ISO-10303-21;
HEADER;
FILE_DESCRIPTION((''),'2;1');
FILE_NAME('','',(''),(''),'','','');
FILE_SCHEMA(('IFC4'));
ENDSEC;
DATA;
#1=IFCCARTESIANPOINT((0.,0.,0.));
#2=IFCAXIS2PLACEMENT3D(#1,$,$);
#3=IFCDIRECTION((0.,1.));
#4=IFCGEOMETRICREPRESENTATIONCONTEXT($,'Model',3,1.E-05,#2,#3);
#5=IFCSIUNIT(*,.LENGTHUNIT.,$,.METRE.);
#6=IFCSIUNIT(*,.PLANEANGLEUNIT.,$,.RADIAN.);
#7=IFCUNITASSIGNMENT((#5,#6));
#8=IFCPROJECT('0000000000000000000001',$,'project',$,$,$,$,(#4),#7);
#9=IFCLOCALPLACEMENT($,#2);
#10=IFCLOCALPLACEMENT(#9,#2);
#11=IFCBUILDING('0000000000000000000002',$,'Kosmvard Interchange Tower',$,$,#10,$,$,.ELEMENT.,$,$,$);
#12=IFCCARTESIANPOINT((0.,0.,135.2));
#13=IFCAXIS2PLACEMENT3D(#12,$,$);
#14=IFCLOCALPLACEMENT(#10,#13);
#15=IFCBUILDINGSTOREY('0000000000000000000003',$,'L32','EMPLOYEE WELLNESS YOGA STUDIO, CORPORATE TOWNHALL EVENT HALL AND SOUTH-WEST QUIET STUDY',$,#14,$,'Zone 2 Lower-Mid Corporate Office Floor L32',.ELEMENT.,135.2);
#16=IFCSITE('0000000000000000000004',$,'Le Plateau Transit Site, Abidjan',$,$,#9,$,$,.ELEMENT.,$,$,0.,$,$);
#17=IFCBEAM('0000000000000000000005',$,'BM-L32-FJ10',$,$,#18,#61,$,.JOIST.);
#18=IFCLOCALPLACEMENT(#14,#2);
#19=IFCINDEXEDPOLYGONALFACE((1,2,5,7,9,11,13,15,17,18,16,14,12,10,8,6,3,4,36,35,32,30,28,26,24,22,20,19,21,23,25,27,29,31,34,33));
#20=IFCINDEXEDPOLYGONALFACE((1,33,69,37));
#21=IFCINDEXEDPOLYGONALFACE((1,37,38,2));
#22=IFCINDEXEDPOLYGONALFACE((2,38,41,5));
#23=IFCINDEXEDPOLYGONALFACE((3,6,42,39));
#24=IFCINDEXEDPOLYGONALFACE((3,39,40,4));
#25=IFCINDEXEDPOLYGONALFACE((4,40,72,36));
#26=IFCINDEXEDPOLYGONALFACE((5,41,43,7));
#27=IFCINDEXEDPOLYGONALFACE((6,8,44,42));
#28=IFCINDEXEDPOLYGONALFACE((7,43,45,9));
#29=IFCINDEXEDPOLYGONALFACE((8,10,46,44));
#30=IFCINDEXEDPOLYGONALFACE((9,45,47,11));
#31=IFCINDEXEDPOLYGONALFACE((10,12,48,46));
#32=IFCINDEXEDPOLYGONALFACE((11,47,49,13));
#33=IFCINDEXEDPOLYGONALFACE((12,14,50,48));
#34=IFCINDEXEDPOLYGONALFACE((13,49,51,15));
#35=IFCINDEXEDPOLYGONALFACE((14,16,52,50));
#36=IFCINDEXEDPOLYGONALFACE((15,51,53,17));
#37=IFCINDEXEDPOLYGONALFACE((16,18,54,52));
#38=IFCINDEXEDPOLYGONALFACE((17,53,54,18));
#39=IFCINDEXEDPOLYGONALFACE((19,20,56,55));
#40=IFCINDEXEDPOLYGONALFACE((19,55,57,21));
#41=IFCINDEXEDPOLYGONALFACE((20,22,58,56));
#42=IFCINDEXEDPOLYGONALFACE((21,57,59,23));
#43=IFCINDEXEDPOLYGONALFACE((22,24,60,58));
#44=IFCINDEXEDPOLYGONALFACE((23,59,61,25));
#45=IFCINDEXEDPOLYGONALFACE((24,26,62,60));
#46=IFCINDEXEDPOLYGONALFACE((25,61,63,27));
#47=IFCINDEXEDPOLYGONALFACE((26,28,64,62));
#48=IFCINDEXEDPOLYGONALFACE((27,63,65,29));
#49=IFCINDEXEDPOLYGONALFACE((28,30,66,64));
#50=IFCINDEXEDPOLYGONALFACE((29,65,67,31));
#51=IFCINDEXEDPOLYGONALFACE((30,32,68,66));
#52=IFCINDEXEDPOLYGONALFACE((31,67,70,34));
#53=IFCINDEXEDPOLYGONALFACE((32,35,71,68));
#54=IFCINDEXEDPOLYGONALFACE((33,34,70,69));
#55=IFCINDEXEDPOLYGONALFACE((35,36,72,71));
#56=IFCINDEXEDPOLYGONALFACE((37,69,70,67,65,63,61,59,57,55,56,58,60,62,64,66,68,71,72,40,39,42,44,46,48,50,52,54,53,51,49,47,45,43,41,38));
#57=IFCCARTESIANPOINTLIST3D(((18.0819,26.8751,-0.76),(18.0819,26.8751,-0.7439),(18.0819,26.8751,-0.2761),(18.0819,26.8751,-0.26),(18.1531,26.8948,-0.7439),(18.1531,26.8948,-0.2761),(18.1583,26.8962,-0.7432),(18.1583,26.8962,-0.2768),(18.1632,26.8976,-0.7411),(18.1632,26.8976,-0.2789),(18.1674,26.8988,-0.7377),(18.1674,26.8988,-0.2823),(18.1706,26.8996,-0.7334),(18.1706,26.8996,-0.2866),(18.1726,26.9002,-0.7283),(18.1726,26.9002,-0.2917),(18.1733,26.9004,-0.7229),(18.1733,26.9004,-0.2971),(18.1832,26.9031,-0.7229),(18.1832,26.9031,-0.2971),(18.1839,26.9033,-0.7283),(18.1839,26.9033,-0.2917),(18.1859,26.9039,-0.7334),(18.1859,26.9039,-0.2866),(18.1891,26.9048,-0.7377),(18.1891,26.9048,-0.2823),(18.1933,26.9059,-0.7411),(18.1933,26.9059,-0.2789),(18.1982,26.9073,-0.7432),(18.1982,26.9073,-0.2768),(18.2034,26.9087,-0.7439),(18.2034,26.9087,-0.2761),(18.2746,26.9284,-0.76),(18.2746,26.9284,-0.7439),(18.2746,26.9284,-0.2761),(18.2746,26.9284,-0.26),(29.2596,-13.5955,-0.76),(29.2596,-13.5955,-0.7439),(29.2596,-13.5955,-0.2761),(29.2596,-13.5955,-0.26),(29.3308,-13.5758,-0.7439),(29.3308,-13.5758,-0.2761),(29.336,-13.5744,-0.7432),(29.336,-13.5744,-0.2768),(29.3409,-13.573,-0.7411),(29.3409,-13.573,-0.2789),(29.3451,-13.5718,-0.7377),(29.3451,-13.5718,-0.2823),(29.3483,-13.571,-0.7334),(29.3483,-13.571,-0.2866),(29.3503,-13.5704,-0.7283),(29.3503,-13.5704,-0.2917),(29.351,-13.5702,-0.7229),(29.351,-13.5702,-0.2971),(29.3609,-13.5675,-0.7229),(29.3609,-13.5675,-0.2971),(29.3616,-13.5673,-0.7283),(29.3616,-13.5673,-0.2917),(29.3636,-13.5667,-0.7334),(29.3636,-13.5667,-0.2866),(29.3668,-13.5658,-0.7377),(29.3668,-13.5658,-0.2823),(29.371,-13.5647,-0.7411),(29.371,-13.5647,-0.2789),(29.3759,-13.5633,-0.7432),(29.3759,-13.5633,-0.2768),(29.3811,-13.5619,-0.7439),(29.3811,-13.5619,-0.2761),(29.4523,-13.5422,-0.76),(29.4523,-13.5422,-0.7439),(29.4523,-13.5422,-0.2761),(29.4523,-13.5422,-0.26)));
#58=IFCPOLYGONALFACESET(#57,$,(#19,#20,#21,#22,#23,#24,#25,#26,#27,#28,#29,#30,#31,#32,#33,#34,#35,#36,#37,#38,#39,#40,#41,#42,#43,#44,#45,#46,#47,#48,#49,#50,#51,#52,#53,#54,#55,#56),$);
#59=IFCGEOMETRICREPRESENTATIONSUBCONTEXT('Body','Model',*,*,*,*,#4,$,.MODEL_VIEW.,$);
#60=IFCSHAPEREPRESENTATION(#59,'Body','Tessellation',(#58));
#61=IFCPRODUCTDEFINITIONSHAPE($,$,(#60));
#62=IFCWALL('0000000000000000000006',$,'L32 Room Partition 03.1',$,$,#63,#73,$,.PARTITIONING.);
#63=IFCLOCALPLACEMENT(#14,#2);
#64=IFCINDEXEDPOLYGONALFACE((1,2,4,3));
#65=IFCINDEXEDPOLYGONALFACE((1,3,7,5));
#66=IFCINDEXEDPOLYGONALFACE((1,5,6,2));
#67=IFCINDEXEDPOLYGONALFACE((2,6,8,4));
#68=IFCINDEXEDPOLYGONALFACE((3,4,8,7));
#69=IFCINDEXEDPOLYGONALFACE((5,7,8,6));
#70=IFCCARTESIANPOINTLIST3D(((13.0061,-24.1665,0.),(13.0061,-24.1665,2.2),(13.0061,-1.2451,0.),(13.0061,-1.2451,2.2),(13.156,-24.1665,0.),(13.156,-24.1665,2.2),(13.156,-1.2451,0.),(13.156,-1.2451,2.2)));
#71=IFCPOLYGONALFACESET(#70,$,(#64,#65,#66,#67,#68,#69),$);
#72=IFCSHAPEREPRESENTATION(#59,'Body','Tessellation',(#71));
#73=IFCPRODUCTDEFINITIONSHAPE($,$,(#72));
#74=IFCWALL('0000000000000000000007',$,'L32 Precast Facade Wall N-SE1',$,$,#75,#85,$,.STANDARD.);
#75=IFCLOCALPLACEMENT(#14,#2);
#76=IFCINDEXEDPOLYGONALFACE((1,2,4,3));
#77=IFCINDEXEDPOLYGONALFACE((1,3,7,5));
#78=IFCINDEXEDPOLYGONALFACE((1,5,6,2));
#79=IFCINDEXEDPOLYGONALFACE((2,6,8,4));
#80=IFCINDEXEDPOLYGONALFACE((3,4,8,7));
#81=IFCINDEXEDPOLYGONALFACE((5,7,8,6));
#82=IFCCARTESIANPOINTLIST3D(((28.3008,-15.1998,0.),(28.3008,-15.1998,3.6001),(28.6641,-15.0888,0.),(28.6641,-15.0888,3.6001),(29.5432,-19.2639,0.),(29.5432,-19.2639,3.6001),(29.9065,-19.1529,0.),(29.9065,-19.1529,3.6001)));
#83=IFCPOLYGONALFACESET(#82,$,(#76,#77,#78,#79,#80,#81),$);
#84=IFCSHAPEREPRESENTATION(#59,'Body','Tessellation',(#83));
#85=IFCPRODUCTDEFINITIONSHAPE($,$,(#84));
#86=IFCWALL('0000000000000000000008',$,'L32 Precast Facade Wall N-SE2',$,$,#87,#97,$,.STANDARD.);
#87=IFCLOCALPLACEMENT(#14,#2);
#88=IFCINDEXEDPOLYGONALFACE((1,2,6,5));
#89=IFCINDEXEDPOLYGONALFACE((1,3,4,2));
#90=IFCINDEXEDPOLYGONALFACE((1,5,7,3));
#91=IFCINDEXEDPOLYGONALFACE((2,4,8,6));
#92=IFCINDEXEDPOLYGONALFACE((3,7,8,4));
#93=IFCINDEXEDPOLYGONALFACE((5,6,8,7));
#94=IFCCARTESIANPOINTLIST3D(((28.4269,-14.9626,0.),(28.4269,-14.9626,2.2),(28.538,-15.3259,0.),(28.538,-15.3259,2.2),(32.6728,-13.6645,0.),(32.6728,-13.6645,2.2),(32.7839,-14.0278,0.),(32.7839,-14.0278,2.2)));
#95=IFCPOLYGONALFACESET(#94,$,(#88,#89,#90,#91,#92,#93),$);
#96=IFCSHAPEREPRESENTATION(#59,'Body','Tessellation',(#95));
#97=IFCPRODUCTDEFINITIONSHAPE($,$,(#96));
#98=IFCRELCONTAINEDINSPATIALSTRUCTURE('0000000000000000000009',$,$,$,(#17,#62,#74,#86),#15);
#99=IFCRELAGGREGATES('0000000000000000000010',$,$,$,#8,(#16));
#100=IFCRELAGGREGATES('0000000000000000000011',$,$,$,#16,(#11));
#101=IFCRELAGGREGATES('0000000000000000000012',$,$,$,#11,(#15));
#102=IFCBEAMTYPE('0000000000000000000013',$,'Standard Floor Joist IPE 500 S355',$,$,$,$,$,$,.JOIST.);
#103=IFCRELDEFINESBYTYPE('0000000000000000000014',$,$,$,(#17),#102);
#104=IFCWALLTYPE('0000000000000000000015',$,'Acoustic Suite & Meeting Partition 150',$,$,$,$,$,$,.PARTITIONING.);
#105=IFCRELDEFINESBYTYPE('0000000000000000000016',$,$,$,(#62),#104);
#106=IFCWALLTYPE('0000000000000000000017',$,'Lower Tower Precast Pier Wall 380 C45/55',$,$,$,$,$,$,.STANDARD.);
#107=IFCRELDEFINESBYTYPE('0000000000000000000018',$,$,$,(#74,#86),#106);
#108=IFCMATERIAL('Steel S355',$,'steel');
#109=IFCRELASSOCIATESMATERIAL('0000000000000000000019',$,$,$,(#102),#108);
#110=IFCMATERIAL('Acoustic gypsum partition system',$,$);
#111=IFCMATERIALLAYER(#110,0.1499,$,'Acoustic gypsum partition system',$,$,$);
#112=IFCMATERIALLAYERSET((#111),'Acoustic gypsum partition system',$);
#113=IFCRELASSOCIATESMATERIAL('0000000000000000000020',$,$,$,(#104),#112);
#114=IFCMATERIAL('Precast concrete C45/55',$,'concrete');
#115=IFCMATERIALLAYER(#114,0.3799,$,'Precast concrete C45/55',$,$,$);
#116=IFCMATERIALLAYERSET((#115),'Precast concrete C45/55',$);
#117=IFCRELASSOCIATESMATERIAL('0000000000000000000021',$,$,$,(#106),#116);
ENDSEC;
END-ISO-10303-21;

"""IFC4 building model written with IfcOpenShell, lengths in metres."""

from ifc_helpers import new_model, si_unit, direction, frame, frame_2d, origin, origin_2d, place, context, subcontext, project, spatial, rectangle, i_section, extrude, source, transform, mapped, material, layer, layer_set, material_profile, profile_set, type_object, element, save


model = new_model("IFC4")

# Units and contexts
model_context = context("Model", 3, precision=1e-05, world=origin(), true_north=direction((0.0, 1.0)))
body_context = subcontext(model_context, "Body", "Model", "MODEL_VIEW")
ifc_project = project(units=[si_unit("LENGTHUNIT", "METRE"), si_unit("PLANEANGLEUNIT", "RADIAN")], contexts=[model_context])

# Site, building, storey
site_placement = place(None, origin())
site = spatial("IfcSite", under=ifc_project, at=site_placement, Name="Le Plateau Transit Site, Abidjan", CompositionType="ELEMENT", RefElevation=0.0)
building_placement = place(site_placement, origin())
building = spatial("IfcBuilding", under=site, at=building_placement, Name="Kosmvard Interchange Tower", CompositionType="ELEMENT")
storey_placement = place(building_placement, frame((0.0, 0.0, 135.2)))
storey = spatial("IfcBuildingStorey", under=building, at=storey_placement, Name="L32", Description="EMPLOYEE WELLNESS YOGA STUDIO, CORPORATE TOWNHALL EVENT HALL AND SOUTH-WEST QUIET STUDY", LongName="Zone 2 Lower-Mid Corporate Office Floor L32", CompositionType="ELEMENT", Elevation=135.2)

# Beam
ifc_material_1 = material(Name="Steel S355", Category="steel")
ifc_material_2 = material(Name="Precast concrete C45/55", Category="concrete")
ifc_material_profile_1 = material_profile(ifc_material_1, i_section(OverallWidth=0.2, OverallDepth=0.5, WebThickness=0.0103, FlangeThickness=0.0161, FilletRadius=0.021, at=origin_2d()), Name="IPE 500")
ifc_profile_set_1 = profile_set([ifc_material_profile_1], Name="Steel S355")
beam_type_1 = type_object("IfcBeamType", Name="Standard Floor Joist IPE 500 S355", PredefinedType="JOIST", material=ifc_profile_set_1)
shared_shape_1 = source(origin(), body_context, "Body", "SweptSolid", [
    extrude(i_section(OverallWidth=0.2, OverallDepth=0.5, WebThickness=0.0103, FlangeThickness=0.0161, FilletRadius=0.021, at=origin_2d()), origin(), (0.0, 0.0, 1.0), 41.9858),
])
beam_1_placement = place(storey_placement, frame((29.356, -13.5688, -0.51), z_axis=(-0.266226, 0.963911, 0.0), x_axis=(-0.963911, -0.266226, 0.0)))
element("IfcBeam", 1, at=beam_1_placement, inside=storey, type_object=beam_type_1, Name="BM-L32-FJ10", PredefinedType="JOIST", context=body_context, shape_type="MappedRepresentation", body=[
    mapped(shared_shape_1, transform((0.0, 0.0, 0.0), scale=1.0)),
])

# Walls
ifc_material_3 = material(Name="Acoustic gypsum partition system")
ifc_layer_1 = layer(ifc_material_3, 0.1499, Name="Acoustic gypsum partition system")
ifc_layer_set_1 = layer_set([ifc_layer_1], Name="Acoustic gypsum partition system")
wall_type_1 = type_object("IfcWallType", Name="Acoustic Suite & Meeting Partition 150", PredefinedType="PARTITIONING", material=ifc_layer_set_1)
wall_1_placement = place(storey_placement, frame((13.0811, -24.1665, 0.0), z_axis=(0.0, 0.0, 1.0), x_axis=(0.0, 1.0, 0.0)))
element("IfcWall", 2, at=wall_1_placement, inside=storey, type_object=wall_type_1, Name="L32 Room Partition 03.1", PredefinedType="PARTITIONING", context=body_context, shape_type="SweptSolid", body=[
    extrude(rectangle(XDim=22.9214, YDim=0.1499, at=frame_2d((11.4607, 0.0))), origin(), (0.0, 0.0, 1.0), 2.2),
])
ifc_layer_2 = layer(ifc_material_2, 0.3799, Name="Precast concrete C45/55")
ifc_layer_set_2 = layer_set([ifc_layer_2], Name="Precast concrete C45/55")
wall_type_2 = type_object("IfcWallType", Name="Lower Tower Precast Pier Wall 380 C45/55", PredefinedType="STANDARD", material=ifc_layer_set_2)
wall_2_placement = place(storey_placement, frame((29.7249, -19.2085, 0.0), z_axis=(0.0, 0.0, 1.0), x_axis=(-0.292346, 0.956313, 0.0)))
element("IfcWall", 3, at=wall_2_placement, inside=storey, type_object=wall_type_2, Name="L32 Precast Facade Wall N-SE1", PredefinedType="STANDARD", context=body_context, shape_type="SweptSolid", body=[
    extrude(rectangle(XDim=4.2498, YDim=0.3799, at=frame_2d((2.125, 0.0))), origin(), (0.0, 0.0, 1.0), 3.6001),
])
wall_3_placement = place(storey_placement, frame((28.4824, -15.1443, 0.0), z_axis=(0.0, 0.0, 1.0), x_axis=(0.956304, 0.292374, 0.0)))
element("IfcWall", 4, at=wall_3_placement, inside=storey, type_object=wall_type_2, Name="L32 Precast Facade Wall N-SE2", PredefinedType="STANDARD", context=body_context, shape_type="SweptSolid", body=[
    extrude(rectangle(XDim=4.4399, YDim=0.3799, at=frame_2d((2.22, 0.0))), origin(), (0.0, 0.0, 1.0), 2.2),
])

save(model, "model.ifc")
